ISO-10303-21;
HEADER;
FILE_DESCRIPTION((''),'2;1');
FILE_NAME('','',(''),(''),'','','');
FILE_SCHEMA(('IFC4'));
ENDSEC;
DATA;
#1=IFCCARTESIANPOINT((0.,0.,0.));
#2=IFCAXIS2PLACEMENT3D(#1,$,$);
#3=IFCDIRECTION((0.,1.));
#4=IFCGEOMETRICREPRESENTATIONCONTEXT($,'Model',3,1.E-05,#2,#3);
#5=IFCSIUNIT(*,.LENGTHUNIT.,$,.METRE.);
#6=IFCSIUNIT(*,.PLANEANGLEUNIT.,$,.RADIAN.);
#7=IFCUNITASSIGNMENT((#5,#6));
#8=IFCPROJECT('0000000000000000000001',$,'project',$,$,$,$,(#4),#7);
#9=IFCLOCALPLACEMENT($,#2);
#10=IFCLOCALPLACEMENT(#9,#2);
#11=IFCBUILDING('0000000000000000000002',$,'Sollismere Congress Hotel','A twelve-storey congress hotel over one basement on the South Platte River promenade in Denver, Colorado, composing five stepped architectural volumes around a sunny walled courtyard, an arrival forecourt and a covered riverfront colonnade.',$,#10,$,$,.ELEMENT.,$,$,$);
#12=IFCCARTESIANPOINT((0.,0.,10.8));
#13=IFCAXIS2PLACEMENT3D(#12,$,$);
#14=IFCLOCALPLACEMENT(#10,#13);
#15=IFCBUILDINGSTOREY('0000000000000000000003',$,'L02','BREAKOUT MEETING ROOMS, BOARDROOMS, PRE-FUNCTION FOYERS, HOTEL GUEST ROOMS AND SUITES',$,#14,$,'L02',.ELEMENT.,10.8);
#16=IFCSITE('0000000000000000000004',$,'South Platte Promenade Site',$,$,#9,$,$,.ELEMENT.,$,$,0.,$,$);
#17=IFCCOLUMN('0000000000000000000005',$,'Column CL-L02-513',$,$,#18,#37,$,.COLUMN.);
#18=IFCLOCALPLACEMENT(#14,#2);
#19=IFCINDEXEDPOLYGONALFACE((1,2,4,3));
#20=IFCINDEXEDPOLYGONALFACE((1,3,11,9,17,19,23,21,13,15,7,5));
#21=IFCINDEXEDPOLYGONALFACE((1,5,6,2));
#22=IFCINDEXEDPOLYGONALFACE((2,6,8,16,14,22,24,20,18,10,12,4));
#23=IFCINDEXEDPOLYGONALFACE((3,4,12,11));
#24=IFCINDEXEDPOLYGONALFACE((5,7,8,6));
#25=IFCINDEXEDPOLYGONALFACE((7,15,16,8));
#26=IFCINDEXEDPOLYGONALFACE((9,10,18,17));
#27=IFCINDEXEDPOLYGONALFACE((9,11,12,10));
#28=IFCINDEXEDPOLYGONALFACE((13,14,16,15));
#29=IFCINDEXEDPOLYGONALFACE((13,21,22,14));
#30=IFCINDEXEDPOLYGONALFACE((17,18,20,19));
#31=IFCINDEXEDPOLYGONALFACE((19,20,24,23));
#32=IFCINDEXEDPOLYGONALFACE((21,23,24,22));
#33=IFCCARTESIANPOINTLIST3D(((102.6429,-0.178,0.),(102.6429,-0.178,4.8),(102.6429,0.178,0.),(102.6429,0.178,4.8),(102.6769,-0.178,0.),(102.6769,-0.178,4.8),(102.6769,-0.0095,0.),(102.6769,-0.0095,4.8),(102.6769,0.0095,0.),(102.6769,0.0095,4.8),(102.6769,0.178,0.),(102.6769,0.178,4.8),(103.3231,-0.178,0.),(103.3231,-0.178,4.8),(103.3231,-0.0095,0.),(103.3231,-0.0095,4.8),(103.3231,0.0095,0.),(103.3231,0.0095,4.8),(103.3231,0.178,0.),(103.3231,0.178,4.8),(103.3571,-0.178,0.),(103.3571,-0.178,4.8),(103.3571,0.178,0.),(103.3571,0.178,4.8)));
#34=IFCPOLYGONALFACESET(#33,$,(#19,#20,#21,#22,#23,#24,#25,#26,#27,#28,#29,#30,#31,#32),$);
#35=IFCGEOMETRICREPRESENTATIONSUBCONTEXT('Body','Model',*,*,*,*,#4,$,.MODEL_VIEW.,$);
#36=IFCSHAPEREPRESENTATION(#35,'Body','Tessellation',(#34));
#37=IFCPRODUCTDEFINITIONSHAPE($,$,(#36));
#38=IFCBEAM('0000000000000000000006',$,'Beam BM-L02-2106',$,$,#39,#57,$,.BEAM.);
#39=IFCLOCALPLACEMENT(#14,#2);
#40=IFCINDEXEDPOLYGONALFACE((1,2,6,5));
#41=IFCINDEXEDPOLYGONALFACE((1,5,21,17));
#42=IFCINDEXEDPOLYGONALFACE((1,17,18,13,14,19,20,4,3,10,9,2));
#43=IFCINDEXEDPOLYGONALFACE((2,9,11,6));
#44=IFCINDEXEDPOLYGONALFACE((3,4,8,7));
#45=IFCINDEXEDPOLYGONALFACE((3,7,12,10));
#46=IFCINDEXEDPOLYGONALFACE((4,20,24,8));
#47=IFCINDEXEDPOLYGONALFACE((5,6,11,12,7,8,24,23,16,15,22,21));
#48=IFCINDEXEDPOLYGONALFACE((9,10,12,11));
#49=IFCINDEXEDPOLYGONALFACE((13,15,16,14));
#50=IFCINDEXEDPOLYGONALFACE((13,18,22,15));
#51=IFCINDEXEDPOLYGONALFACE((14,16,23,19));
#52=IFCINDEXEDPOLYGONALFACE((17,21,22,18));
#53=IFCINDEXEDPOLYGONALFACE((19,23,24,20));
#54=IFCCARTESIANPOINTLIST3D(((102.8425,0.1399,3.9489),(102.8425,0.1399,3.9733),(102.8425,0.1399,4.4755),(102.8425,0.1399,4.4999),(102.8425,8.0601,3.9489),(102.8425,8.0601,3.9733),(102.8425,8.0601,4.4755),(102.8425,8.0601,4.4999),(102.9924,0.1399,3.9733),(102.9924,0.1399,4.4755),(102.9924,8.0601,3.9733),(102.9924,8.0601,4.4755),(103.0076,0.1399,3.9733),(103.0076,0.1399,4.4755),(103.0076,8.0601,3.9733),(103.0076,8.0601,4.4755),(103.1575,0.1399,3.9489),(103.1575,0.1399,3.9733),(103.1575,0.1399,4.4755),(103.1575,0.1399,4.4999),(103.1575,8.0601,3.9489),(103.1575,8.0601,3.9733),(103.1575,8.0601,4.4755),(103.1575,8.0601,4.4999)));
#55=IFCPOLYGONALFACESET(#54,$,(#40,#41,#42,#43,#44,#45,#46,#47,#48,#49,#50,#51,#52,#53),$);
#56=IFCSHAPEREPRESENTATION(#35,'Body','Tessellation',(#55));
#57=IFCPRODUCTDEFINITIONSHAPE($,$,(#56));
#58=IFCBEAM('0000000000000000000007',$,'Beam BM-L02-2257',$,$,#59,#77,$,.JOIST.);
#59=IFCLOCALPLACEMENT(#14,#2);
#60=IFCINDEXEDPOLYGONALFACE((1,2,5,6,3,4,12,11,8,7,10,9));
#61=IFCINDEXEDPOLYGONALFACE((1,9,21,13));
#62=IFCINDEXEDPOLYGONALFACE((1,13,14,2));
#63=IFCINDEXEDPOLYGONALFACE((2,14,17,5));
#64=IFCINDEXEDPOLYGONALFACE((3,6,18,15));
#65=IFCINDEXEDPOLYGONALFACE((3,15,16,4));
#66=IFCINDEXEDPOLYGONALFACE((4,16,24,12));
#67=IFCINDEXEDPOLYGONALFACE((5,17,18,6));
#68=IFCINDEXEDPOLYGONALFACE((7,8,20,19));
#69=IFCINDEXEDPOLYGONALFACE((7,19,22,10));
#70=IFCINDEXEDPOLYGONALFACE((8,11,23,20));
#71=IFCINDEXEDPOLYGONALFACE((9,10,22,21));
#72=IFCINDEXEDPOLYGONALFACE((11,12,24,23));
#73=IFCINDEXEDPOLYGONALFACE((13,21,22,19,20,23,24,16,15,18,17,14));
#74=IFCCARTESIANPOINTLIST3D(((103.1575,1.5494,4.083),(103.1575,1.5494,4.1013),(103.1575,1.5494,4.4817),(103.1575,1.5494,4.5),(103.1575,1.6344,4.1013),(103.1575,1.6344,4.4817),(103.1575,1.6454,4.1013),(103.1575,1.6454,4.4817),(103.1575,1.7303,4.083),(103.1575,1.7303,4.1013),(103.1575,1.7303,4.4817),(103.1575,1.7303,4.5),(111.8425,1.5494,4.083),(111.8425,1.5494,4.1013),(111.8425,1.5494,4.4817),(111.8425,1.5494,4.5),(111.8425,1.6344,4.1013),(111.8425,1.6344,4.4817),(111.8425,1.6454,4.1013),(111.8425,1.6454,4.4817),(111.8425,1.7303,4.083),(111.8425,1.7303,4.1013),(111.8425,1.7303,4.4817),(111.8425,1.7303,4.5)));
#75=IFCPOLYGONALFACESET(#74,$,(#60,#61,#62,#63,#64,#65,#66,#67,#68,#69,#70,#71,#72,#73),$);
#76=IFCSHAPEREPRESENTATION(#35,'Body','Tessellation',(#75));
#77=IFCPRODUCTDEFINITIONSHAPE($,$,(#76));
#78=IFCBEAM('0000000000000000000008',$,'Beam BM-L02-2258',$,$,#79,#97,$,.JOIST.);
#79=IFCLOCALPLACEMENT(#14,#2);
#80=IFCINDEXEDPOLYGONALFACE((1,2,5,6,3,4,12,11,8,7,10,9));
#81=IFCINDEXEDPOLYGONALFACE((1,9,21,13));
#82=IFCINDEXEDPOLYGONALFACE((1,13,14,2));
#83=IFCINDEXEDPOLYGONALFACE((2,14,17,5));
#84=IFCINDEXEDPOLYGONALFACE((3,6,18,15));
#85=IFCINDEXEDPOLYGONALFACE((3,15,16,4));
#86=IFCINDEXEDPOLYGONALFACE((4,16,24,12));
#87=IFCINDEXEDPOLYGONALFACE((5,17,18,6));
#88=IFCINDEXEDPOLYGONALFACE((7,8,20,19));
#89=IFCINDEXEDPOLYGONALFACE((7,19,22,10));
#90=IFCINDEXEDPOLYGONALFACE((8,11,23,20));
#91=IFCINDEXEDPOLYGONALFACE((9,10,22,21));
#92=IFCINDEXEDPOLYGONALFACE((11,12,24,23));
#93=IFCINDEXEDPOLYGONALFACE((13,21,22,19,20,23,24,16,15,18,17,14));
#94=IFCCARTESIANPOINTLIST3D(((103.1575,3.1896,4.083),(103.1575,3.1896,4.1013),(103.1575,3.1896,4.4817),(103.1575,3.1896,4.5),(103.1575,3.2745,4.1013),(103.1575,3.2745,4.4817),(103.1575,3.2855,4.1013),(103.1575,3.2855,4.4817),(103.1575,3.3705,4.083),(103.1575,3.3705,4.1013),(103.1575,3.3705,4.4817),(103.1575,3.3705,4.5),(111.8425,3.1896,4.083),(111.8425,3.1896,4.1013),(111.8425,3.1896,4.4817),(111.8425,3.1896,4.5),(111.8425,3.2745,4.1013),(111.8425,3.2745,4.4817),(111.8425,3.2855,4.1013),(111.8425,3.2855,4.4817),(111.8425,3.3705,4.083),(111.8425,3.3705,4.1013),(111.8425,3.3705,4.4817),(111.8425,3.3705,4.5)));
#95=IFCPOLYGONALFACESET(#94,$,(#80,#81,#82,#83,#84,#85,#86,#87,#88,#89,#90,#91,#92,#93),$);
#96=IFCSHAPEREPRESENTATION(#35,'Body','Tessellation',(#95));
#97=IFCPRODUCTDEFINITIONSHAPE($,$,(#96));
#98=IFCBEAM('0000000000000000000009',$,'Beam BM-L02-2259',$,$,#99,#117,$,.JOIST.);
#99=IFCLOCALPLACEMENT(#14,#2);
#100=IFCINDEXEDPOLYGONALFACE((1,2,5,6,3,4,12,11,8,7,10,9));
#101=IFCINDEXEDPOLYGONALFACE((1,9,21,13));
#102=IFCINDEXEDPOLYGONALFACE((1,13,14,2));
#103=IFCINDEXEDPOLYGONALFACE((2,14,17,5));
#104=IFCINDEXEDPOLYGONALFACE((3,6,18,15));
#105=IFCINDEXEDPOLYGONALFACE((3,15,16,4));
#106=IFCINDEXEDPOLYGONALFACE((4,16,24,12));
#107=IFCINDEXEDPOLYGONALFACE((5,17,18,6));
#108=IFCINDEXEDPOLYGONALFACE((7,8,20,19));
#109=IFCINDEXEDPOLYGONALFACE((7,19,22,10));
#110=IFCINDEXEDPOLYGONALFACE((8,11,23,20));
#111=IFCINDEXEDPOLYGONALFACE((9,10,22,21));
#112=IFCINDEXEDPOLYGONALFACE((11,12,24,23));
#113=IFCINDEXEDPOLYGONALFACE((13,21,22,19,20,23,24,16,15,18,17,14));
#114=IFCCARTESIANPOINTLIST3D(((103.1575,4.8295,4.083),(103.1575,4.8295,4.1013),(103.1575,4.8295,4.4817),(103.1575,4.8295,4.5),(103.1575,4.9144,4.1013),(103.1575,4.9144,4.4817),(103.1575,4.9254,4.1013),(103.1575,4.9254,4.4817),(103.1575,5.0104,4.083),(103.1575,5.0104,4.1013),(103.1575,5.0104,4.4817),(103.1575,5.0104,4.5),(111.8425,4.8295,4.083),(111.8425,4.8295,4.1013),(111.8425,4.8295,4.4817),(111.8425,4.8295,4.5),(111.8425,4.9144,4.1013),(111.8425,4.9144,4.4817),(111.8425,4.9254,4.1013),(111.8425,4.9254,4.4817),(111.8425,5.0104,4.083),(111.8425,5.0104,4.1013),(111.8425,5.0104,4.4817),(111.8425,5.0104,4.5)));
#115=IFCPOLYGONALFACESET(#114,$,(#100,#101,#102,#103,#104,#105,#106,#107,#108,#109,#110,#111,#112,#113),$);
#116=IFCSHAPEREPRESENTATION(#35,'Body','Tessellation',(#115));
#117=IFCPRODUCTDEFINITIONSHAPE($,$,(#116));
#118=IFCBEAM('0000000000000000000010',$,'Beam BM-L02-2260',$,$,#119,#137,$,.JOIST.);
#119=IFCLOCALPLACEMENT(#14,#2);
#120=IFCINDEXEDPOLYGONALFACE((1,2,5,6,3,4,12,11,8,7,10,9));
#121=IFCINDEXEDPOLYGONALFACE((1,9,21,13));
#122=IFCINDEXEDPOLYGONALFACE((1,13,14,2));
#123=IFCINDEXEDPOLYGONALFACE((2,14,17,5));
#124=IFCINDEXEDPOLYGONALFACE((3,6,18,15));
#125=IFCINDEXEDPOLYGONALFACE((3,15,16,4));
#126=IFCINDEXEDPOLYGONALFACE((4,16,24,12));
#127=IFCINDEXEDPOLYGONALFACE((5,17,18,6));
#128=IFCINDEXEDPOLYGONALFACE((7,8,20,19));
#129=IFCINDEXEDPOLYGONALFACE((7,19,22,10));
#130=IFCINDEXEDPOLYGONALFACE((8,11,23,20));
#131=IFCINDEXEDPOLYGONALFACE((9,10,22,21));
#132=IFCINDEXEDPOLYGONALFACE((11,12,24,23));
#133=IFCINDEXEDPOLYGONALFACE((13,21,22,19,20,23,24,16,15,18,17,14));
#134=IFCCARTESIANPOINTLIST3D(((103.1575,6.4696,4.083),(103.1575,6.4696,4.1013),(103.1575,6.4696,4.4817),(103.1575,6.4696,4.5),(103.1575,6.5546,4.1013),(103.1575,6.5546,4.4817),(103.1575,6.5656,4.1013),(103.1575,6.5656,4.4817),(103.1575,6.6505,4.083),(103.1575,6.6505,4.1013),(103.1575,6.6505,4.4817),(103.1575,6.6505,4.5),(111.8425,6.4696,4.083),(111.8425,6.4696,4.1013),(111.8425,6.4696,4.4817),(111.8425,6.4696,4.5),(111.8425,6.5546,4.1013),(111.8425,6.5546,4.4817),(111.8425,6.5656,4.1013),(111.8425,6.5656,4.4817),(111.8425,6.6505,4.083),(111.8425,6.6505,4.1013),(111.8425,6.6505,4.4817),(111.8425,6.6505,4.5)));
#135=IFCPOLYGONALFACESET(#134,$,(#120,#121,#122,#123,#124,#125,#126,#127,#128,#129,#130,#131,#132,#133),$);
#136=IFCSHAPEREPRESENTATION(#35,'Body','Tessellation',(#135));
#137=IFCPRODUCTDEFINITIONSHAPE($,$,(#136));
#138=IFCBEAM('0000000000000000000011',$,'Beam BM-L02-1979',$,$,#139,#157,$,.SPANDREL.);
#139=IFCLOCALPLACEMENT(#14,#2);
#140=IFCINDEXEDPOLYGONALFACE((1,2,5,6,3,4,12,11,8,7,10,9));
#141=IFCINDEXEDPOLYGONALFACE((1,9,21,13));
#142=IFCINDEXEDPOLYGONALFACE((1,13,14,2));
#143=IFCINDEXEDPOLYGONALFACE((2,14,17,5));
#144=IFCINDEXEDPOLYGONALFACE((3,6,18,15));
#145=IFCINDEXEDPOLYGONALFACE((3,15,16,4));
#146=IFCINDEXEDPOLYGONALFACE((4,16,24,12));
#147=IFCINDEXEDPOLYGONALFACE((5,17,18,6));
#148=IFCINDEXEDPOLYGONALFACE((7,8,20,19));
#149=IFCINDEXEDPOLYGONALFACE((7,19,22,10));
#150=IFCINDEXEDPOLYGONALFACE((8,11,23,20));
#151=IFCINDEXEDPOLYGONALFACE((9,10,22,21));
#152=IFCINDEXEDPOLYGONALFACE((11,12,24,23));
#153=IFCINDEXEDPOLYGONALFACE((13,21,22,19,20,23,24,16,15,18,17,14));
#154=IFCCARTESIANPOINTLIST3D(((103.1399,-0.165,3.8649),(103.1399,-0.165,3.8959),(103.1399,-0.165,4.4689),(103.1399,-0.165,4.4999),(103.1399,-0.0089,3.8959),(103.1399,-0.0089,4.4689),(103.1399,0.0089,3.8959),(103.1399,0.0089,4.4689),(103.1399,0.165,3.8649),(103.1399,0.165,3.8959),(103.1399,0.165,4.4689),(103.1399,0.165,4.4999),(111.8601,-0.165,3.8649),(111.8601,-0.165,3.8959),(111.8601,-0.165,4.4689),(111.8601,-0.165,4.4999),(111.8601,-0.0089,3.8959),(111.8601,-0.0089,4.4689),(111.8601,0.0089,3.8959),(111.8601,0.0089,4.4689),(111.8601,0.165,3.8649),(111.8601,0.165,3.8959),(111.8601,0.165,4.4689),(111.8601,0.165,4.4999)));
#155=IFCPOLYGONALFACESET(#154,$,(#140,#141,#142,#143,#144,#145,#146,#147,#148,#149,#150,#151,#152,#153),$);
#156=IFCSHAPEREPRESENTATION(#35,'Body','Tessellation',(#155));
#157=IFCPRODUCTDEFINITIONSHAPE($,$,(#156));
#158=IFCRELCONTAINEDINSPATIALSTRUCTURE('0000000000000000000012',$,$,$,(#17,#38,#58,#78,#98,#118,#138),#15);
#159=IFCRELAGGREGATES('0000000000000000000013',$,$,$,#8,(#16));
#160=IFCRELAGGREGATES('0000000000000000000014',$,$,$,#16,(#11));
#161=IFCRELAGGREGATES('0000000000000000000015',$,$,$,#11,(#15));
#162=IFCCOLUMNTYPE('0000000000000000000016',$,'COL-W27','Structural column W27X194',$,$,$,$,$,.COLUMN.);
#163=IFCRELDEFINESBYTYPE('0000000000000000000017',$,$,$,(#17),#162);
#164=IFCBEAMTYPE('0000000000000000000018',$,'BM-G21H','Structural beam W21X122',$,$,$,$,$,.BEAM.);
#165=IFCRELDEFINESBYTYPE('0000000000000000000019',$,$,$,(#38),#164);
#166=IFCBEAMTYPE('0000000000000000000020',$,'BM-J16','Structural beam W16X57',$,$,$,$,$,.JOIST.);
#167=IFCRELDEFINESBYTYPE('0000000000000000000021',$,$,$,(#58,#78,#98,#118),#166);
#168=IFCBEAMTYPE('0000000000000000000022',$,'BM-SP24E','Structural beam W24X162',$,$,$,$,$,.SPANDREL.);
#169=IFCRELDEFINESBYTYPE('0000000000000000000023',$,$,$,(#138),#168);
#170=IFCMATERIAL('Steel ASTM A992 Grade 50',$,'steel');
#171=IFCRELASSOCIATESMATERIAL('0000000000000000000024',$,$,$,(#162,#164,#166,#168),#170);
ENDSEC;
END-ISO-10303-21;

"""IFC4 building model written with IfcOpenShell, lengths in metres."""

from ifc_helpers import new_model, si_unit, direction, frame, origin, origin_2d, place, context, subcontext, project, spatial, i_section, extrude, material, material_profile, profile_set, type_object, element, save


model = new_model("IFC4")

# Units and contexts
model_context = context("Model", 3, precision=1e-05, world=origin(), true_north=direction((0.0, 1.0)))
body_context = subcontext(model_context, "Body", "Model", "MODEL_VIEW")
ifc_project = project(units=[si_unit("LENGTHUNIT", "METRE"), si_unit("PLANEANGLEUNIT", "RADIAN")], contexts=[model_context])

# Site, building, storey
site_placement = place(None, origin())
site = spatial("IfcSite", under=ifc_project, at=site_placement, Name="South Platte Promenade Site", CompositionType="ELEMENT", RefElevation=0.0)
building_placement = place(site_placement, origin())
building = spatial("IfcBuilding", under=site, at=building_placement, Name="Sollismere Congress Hotel", Description="A twelve-storey congress hotel over one basement on the South Platte River promenade in Denver, Colorado, composing five stepped architectural volumes around a sunny walled courtyard, an arrival forecourt and a covered riverfront colonnade.", CompositionType="ELEMENT")
storey_placement = place(building_placement, frame((0.0, 0.0, 10.8)))
storey = spatial("IfcBuildingStorey", under=building, at=storey_placement, Name="L02", Description="BREAKOUT MEETING ROOMS, BOARDROOMS, PRE-FUNCTION FOYERS, HOTEL GUEST ROOMS AND SUITES", LongName="L02", CompositionType="ELEMENT", Elevation=10.8)

# Column
ifc_material_1 = material(Name="Steel ASTM A992 Grade 50", Category="steel")
ifc_material_profile_1 = material_profile(ifc_material_1, i_section(OverallWidth=0.356, OverallDepth=0.7141, WebThickness=0.019, FlangeThickness=0.0339, at=origin_2d()), Name="W27X194")
ifc_profile_set_1 = profile_set([ifc_material_profile_1], Name="Steel ASTM A992 Grade 50")
column_type = type_object("IfcColumnType", Name="COL-W27", Description="Structural column W27X194", PredefinedType="COLUMN", material=ifc_profile_set_1)
column_placement = place(storey_placement, frame((103.0, 0.0, 0.0), z_axis=(0.0, 0.0, 1.0), x_axis=(0.0, 1.0, 0.0)))
element("IfcColumn", 1, at=column_placement, inside=storey, type_object=column_type, Name="Column CL-L02-513", PredefinedType="COLUMN", context=body_context, shape_type="SweptSolid", body=[
    extrude(i_section(OverallWidth=0.356, OverallDepth=0.7141, WebThickness=0.019, FlangeThickness=0.0339, at=origin_2d()), origin(), (0.0, 0.0, 1.0), 4.8),
])

# Beams
ifc_material_profile_2 = material_profile(ifc_material_1, i_section(OverallWidth=0.3149, OverallDepth=0.551, WebThickness=0.0151, FlangeThickness=0.0244, at=origin_2d()), Name="W21X122")
ifc_profile_set_2 = profile_set([ifc_material_profile_2], Name="Steel ASTM A992 Grade 50")
beam_type_1 = type_object("IfcBeamType", Name="BM-G21H", Description="Structural beam W21X122", PredefinedType="BEAM", material=ifc_profile_set_2)
beam_1_placement = place(storey_placement, frame((103.0, 0.1399, 4.2244), z_axis=(0.0, 1.0, 0.0), x_axis=(-1.0, 0.0, 0.0)))
element("IfcBeam", 2, at=beam_1_placement, inside=storey, type_object=beam_type_1, Name="Beam BM-L02-2106", PredefinedType="BEAM", context=body_context, shape_type="SweptSolid", body=[
    extrude(i_section(OverallWidth=0.3149, OverallDepth=0.551, WebThickness=0.0151, FlangeThickness=0.0244, at=origin_2d()), origin(), (0.0, 0.0, 1.0), 7.9202),
])
ifc_material_profile_3 = material_profile(ifc_material_1, i_section(OverallWidth=0.1809, OverallDepth=0.417, WebThickness=0.011, FlangeThickness=0.0183, at=origin_2d()), Name="W16X57")
ifc_profile_set_3 = profile_set([ifc_material_profile_3], Name="Steel ASTM A992 Grade 50")
beam_type_2 = type_object("IfcBeamType", Name="BM-J16", Description="Structural beam W16X57", PredefinedType="JOIST", material=ifc_profile_set_3)
for number, where, z_axis, x_axis, name in (
    (3, (103.1575, 1.6399, 4.2915), (1.0, 0.0, 0.0), (0.0, 1.0, 0.0), "Beam BM-L02-2257"),
    (4, (103.1575, 3.28, 4.2915), (1.0, 0.0, 0.0), (0.0, 1.0, 0.0), "Beam BM-L02-2258"),
    (5, (103.1575, 4.9199, 4.2915), (1.0, 0.0, 0.0), (0.0, 1.0, 0.0), "Beam BM-L02-2259"),
    (6, (103.1575, 6.5601, 4.2915), (1.0, 0.0, 0.0), (0.0, 1.0, 0.0), "Beam BM-L02-2260"),
):
    element("IfcBeam", number, at=place(storey_placement, frame(where, z_axis=z_axis, x_axis=x_axis)), inside=storey, type_object=beam_type_2, Name=name, PredefinedType="JOIST", context=body_context, shape_type="SweptSolid", body=[
        extrude(i_section(OverallWidth=0.1809, OverallDepth=0.417, WebThickness=0.011, FlangeThickness=0.0183, at=origin_2d()), origin(), (0.0, 0.0, 1.0), 8.6851),
    ])
ifc_material_profile_4 = material_profile(ifc_material_1, i_section(OverallWidth=0.3301, OverallDepth=0.635, WebThickness=0.0178, FlangeThickness=0.031, at=origin_2d()), Name="W24X162")
ifc_profile_set_4 = profile_set([ifc_material_profile_4], Name="Steel ASTM A992 Grade 50")
beam_type_3 = type_object("IfcBeamType", Name="BM-SP24E", Description="Structural beam W24X162", PredefinedType="SPANDREL", material=ifc_profile_set_4)
beam_2_placement = place(storey_placement, frame((103.1399, 0.0, 4.1824), z_axis=(1.0, 0.0, 0.0), x_axis=(0.0, 1.0, 0.0)))
element("IfcBeam", 7, at=beam_2_placement, inside=storey, type_object=beam_type_3, Name="Beam BM-L02-1979", PredefinedType="SPANDREL", context=body_context, shape_type="SweptSolid", body=[
    extrude(i_section(OverallWidth=0.3301, OverallDepth=0.635, WebThickness=0.0178, FlangeThickness=0.031, at=origin_2d()), origin(), (0.0, 0.0, 1.0), 8.7202),
])

save(model, "model.ifc")
